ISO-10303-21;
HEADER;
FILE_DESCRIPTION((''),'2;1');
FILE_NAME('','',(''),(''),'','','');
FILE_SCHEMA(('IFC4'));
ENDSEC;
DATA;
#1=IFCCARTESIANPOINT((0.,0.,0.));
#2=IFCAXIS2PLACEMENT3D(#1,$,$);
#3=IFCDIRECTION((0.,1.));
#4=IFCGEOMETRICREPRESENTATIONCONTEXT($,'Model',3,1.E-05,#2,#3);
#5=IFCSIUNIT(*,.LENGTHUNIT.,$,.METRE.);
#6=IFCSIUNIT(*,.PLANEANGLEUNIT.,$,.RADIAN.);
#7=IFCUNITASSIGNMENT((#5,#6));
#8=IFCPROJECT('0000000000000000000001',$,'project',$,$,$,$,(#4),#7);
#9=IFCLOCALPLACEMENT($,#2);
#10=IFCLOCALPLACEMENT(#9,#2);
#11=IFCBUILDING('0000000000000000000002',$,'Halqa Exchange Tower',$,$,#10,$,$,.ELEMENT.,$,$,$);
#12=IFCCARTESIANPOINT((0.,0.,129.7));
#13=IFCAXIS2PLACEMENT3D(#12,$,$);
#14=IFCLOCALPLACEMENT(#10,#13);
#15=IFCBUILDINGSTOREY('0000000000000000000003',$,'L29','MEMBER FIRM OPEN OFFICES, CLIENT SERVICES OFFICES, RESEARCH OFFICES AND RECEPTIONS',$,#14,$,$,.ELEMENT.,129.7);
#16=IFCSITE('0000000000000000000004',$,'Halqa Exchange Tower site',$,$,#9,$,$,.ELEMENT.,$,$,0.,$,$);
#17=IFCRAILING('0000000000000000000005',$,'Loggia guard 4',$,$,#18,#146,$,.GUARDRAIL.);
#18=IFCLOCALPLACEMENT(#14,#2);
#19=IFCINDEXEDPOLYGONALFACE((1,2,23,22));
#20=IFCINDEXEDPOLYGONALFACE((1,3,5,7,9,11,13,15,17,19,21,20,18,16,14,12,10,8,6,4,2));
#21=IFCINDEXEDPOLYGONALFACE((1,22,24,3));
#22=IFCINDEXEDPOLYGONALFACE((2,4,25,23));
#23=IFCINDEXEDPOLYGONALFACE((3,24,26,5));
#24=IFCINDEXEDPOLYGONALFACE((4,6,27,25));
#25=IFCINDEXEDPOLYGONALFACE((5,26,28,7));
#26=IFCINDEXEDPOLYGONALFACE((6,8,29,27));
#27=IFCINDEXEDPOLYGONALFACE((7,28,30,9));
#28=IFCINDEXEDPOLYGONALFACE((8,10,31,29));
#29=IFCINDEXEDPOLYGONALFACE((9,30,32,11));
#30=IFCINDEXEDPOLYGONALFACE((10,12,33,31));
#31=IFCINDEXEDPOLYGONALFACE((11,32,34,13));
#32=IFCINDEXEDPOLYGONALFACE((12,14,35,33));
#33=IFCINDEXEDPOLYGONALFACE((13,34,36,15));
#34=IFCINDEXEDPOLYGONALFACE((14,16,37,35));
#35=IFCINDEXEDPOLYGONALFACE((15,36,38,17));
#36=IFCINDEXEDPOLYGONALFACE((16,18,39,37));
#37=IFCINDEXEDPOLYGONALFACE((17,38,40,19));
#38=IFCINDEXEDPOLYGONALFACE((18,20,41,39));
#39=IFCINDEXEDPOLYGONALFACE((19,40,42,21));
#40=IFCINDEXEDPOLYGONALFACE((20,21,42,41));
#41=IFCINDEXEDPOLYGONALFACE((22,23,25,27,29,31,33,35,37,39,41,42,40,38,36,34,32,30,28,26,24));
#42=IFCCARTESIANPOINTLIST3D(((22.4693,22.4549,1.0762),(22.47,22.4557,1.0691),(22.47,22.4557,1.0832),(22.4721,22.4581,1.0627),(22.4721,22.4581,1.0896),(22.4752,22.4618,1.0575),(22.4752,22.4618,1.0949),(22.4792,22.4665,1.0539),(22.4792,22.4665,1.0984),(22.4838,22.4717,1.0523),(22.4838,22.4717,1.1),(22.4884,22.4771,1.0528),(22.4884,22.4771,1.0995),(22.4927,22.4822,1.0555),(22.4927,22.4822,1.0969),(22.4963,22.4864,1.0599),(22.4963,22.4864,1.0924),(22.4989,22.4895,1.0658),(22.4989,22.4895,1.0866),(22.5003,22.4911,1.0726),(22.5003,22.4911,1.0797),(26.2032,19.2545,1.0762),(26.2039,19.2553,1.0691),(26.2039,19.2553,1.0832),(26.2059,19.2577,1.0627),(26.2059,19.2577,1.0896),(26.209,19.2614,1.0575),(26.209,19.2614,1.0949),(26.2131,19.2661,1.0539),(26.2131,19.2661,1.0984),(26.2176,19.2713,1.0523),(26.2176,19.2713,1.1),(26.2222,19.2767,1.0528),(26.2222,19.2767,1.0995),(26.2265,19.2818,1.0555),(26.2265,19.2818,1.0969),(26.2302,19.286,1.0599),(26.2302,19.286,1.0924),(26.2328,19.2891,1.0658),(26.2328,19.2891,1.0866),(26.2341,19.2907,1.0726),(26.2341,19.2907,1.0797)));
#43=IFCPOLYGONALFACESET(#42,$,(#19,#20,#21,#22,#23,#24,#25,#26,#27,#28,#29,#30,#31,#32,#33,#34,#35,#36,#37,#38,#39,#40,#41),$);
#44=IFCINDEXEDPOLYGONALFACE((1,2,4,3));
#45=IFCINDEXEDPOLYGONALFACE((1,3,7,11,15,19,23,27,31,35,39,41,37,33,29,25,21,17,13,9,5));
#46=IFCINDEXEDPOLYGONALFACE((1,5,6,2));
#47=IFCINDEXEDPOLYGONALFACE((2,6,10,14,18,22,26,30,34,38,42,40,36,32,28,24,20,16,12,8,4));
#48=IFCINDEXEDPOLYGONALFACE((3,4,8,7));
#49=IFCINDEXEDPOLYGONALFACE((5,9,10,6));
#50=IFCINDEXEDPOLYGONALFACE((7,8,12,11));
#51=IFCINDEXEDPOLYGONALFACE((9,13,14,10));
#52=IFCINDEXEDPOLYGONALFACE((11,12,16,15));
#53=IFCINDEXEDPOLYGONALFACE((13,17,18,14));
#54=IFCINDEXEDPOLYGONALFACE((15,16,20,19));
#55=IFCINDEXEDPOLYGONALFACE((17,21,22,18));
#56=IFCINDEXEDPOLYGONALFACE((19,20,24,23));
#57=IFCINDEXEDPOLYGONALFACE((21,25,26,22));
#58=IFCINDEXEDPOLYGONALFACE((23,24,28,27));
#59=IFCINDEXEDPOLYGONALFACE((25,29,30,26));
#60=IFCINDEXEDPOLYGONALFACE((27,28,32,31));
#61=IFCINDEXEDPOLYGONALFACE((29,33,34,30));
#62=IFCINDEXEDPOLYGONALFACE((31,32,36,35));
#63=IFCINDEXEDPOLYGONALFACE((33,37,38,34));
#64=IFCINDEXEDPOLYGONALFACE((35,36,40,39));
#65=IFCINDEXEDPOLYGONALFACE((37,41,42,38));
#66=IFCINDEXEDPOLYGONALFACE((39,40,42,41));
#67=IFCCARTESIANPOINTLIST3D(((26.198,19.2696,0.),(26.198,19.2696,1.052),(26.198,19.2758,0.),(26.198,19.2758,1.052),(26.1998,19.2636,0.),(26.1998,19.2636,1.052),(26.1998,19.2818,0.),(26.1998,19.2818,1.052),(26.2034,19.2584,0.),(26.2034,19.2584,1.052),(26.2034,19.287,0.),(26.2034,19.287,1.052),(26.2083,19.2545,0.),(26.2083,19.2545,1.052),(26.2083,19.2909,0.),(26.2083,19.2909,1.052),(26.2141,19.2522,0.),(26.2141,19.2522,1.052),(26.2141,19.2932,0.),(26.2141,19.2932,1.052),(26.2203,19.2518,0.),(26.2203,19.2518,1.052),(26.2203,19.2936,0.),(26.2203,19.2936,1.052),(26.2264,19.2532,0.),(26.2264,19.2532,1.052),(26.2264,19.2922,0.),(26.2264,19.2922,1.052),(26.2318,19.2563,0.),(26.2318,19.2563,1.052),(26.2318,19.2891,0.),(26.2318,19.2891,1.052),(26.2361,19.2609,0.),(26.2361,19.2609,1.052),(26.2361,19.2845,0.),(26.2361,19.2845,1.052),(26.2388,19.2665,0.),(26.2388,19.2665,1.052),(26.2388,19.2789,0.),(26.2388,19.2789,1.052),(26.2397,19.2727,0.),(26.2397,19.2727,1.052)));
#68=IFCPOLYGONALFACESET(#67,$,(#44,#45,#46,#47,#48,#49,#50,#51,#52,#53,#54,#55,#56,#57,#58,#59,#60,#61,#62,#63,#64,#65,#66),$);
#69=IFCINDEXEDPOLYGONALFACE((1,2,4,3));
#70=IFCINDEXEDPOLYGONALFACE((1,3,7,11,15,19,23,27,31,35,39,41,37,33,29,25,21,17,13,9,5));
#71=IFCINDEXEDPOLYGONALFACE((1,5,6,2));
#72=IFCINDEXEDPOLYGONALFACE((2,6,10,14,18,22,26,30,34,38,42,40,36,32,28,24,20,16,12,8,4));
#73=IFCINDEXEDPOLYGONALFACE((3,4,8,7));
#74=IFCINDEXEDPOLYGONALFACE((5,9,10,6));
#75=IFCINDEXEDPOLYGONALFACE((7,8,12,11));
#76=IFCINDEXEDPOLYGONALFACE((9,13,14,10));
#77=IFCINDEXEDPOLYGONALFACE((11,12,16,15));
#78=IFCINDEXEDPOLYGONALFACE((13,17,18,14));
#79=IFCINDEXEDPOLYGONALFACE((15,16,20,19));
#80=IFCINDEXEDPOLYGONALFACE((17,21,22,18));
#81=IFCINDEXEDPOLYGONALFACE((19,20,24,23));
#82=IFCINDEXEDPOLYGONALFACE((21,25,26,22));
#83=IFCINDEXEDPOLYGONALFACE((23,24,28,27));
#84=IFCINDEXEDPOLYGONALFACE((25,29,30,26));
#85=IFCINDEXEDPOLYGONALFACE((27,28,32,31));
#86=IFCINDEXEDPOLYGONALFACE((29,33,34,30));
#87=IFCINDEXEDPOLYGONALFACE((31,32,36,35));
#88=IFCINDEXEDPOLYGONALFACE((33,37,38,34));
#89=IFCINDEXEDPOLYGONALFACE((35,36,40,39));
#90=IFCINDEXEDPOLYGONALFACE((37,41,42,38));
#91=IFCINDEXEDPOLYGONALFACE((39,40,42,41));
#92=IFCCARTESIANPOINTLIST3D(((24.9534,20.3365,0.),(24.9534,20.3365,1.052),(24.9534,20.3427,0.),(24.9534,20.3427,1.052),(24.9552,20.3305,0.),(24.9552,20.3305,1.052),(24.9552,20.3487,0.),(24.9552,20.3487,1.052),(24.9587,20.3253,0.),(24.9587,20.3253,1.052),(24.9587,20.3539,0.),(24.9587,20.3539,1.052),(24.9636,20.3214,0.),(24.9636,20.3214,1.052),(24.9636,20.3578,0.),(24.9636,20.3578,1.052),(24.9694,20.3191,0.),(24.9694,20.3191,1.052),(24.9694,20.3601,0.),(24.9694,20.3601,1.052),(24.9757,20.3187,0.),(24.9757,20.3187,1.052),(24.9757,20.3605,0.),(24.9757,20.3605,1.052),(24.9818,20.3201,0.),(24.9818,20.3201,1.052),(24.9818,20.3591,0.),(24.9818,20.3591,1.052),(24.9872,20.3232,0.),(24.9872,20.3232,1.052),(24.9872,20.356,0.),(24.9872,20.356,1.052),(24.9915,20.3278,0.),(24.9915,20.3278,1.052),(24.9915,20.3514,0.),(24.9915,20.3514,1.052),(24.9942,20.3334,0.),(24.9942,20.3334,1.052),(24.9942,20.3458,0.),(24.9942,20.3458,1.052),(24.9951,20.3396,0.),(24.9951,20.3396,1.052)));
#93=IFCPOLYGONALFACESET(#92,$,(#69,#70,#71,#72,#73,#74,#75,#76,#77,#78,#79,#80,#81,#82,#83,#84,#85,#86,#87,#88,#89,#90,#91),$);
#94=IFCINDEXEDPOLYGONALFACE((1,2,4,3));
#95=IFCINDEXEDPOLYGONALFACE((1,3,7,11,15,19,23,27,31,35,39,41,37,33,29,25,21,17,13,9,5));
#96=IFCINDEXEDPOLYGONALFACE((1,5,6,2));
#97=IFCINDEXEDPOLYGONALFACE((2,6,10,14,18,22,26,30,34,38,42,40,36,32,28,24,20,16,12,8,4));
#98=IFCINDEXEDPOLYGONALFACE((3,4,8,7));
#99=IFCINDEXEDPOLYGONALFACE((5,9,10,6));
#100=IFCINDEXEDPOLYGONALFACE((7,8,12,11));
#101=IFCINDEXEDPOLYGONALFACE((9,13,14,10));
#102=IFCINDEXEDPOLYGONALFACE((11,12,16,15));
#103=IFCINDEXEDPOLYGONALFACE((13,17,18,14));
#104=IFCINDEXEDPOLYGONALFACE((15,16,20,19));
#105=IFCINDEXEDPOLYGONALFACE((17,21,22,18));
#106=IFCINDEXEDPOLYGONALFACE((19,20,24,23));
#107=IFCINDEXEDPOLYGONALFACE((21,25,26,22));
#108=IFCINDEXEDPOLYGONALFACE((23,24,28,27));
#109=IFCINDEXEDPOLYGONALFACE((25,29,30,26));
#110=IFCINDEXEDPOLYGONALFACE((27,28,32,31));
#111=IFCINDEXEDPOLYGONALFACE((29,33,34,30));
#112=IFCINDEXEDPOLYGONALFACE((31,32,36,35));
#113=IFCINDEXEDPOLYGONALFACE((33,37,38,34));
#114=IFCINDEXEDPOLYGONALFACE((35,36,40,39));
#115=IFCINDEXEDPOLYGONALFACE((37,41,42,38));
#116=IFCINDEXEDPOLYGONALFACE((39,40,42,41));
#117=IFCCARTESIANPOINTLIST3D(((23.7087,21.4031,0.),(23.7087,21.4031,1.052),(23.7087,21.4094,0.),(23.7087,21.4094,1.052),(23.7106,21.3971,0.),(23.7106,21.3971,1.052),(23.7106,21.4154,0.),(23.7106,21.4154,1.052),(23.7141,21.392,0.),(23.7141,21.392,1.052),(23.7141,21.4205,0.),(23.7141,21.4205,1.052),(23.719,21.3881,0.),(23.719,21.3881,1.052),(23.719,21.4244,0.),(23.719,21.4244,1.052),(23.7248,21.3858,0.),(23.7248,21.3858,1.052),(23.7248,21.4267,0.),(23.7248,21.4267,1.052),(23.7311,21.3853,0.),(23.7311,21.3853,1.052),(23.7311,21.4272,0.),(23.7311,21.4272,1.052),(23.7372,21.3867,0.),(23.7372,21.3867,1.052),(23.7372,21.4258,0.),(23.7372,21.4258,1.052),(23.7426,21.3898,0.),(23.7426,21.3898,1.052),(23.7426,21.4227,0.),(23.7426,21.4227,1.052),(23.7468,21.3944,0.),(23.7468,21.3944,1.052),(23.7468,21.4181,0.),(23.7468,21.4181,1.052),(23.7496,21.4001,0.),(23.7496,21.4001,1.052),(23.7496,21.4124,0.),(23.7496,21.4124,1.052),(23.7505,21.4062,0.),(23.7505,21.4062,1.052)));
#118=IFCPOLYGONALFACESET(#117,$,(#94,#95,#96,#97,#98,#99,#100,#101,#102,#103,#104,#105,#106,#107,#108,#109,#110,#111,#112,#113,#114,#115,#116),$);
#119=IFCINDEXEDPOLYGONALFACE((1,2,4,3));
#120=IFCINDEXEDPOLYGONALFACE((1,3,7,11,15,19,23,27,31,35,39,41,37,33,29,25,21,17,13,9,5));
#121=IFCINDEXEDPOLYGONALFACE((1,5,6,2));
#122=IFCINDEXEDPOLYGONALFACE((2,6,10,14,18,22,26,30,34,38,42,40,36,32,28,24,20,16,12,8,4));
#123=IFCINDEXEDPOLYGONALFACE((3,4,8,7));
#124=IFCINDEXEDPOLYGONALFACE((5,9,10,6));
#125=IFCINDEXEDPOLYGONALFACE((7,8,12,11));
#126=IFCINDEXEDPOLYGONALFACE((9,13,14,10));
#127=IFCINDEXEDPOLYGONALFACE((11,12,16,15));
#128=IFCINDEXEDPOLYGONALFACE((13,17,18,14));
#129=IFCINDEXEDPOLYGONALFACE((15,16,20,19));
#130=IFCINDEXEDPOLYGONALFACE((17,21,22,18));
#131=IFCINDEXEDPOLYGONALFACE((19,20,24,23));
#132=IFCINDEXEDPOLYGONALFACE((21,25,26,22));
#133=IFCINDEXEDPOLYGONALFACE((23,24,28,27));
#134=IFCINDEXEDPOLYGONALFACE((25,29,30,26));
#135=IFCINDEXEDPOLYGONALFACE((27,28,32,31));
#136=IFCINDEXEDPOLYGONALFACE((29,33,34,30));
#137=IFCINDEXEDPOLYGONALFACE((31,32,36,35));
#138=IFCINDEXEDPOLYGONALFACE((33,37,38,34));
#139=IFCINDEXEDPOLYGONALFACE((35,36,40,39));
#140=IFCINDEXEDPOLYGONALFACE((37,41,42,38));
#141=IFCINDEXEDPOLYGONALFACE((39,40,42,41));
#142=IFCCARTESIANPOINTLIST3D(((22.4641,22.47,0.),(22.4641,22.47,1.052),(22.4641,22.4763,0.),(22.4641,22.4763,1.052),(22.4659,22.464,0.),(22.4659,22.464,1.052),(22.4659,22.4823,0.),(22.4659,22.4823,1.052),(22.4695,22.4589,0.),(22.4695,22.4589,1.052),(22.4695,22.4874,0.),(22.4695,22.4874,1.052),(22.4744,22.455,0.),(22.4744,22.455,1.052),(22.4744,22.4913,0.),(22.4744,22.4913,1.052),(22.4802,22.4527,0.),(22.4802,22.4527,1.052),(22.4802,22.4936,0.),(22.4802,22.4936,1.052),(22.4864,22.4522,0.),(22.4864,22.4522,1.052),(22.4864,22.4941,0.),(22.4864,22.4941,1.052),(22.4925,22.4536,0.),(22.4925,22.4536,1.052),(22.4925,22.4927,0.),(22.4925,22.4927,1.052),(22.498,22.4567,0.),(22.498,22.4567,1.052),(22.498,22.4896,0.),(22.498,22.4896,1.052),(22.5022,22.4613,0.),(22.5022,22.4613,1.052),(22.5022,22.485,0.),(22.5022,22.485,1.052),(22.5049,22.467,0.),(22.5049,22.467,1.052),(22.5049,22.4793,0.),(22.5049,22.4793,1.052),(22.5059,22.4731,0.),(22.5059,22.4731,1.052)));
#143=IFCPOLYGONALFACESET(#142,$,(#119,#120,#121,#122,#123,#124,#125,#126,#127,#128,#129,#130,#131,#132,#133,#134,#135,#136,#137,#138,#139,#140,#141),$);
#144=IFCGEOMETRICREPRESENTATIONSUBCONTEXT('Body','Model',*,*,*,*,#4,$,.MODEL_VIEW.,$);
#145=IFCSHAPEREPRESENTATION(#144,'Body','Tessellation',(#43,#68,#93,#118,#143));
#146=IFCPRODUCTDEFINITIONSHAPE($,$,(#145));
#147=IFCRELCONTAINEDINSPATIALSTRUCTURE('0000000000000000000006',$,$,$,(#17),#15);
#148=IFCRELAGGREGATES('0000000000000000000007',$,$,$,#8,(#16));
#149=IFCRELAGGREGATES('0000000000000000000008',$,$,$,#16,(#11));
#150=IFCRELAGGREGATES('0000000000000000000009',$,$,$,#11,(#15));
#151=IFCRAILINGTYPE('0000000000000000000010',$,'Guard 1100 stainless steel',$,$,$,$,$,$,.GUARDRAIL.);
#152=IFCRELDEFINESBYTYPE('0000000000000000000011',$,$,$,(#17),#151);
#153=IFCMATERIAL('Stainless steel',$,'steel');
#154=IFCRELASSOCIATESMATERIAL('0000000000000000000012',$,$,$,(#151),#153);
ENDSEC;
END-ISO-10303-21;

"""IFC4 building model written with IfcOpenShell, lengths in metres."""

from ifc_helpers import new_model, si_unit, direction, frame, origin, origin_2d, place, context, subcontext, project, spatial, circle, extrude, material, type_object, element, save


model = new_model("IFC4")

# Units and contexts
model_context = context("Model", 3, precision=1e-05, world=origin(), true_north=direction((0.0, 1.0)))
body_context = subcontext(model_context, "Body", "Model", "MODEL_VIEW")
ifc_project = project(units=[si_unit("LENGTHUNIT", "METRE"), si_unit("PLANEANGLEUNIT", "RADIAN")], contexts=[model_context])

# Site, building, storey
site_placement = place(None, origin())
site = spatial("IfcSite", under=ifc_project, at=site_placement, Name="Halqa Exchange Tower site", CompositionType="ELEMENT", RefElevation=0.0)
building_placement = place(site_placement, origin())
building = spatial("IfcBuilding", under=site, at=building_placement, Name="Halqa Exchange Tower", CompositionType="ELEMENT")
storey_placement = place(building_placement, frame((0.0, 0.0, 129.7)))
storey = spatial("IfcBuildingStorey", under=building, at=storey_placement, Name="L29", Description="MEMBER FIRM OPEN OFFICES, CLIENT SERVICES OFFICES, RESEARCH OFFICES AND RECEPTIONS", CompositionType="ELEMENT", Elevation=129.7)

# Railing
ifc_material_1 = material(Name="Stainless steel", Category="steel")
railing_type = type_object("IfcRailingType", Name="Guard 1100 stainless steel", PredefinedType="GUARDRAIL", material=ifc_material_1)
railing_1_placement = place(storey_placement, frame((26.2188, 19.2727, 0.0)))
element("IfcRailing", 1, at=railing_1_placement, inside=storey, type_object=railing_type, Name="Loggia guard 4", PredefinedType="GUARDRAIL", context=body_context, shape_type="SweptSolid", body=[
    extrude(circle(Radius=0.0239, at=origin_2d()), frame((0.0, 0.0, 1.0762), z_axis=(-0.75926, 0.650787, 0.0), x_axis=(-0.650787, -0.75926, 0.0)), (0.0, 0.0, 1.0), 4.9177),
    extrude(circle(Radius=0.021, at=origin_2d()), origin(), (0.0, 0.0, 1.0), 1.052),
    extrude(circle(Radius=0.021, at=origin_2d()), frame((-1.2446, 1.0669, 0.0)), (0.0, 0.0, 1.0), 1.052),
    extrude(circle(Radius=0.021, at=origin_2d()), frame((-2.4893, 2.1335, 0.0)), (0.0, 0.0, 1.0), 1.052),
    extrude(circle(Radius=0.021, at=origin_2d()), frame((-3.7339, 3.2004, 0.0)), (0.0, 0.0, 1.0), 1.052),
])

save(model, "model.ifc")
